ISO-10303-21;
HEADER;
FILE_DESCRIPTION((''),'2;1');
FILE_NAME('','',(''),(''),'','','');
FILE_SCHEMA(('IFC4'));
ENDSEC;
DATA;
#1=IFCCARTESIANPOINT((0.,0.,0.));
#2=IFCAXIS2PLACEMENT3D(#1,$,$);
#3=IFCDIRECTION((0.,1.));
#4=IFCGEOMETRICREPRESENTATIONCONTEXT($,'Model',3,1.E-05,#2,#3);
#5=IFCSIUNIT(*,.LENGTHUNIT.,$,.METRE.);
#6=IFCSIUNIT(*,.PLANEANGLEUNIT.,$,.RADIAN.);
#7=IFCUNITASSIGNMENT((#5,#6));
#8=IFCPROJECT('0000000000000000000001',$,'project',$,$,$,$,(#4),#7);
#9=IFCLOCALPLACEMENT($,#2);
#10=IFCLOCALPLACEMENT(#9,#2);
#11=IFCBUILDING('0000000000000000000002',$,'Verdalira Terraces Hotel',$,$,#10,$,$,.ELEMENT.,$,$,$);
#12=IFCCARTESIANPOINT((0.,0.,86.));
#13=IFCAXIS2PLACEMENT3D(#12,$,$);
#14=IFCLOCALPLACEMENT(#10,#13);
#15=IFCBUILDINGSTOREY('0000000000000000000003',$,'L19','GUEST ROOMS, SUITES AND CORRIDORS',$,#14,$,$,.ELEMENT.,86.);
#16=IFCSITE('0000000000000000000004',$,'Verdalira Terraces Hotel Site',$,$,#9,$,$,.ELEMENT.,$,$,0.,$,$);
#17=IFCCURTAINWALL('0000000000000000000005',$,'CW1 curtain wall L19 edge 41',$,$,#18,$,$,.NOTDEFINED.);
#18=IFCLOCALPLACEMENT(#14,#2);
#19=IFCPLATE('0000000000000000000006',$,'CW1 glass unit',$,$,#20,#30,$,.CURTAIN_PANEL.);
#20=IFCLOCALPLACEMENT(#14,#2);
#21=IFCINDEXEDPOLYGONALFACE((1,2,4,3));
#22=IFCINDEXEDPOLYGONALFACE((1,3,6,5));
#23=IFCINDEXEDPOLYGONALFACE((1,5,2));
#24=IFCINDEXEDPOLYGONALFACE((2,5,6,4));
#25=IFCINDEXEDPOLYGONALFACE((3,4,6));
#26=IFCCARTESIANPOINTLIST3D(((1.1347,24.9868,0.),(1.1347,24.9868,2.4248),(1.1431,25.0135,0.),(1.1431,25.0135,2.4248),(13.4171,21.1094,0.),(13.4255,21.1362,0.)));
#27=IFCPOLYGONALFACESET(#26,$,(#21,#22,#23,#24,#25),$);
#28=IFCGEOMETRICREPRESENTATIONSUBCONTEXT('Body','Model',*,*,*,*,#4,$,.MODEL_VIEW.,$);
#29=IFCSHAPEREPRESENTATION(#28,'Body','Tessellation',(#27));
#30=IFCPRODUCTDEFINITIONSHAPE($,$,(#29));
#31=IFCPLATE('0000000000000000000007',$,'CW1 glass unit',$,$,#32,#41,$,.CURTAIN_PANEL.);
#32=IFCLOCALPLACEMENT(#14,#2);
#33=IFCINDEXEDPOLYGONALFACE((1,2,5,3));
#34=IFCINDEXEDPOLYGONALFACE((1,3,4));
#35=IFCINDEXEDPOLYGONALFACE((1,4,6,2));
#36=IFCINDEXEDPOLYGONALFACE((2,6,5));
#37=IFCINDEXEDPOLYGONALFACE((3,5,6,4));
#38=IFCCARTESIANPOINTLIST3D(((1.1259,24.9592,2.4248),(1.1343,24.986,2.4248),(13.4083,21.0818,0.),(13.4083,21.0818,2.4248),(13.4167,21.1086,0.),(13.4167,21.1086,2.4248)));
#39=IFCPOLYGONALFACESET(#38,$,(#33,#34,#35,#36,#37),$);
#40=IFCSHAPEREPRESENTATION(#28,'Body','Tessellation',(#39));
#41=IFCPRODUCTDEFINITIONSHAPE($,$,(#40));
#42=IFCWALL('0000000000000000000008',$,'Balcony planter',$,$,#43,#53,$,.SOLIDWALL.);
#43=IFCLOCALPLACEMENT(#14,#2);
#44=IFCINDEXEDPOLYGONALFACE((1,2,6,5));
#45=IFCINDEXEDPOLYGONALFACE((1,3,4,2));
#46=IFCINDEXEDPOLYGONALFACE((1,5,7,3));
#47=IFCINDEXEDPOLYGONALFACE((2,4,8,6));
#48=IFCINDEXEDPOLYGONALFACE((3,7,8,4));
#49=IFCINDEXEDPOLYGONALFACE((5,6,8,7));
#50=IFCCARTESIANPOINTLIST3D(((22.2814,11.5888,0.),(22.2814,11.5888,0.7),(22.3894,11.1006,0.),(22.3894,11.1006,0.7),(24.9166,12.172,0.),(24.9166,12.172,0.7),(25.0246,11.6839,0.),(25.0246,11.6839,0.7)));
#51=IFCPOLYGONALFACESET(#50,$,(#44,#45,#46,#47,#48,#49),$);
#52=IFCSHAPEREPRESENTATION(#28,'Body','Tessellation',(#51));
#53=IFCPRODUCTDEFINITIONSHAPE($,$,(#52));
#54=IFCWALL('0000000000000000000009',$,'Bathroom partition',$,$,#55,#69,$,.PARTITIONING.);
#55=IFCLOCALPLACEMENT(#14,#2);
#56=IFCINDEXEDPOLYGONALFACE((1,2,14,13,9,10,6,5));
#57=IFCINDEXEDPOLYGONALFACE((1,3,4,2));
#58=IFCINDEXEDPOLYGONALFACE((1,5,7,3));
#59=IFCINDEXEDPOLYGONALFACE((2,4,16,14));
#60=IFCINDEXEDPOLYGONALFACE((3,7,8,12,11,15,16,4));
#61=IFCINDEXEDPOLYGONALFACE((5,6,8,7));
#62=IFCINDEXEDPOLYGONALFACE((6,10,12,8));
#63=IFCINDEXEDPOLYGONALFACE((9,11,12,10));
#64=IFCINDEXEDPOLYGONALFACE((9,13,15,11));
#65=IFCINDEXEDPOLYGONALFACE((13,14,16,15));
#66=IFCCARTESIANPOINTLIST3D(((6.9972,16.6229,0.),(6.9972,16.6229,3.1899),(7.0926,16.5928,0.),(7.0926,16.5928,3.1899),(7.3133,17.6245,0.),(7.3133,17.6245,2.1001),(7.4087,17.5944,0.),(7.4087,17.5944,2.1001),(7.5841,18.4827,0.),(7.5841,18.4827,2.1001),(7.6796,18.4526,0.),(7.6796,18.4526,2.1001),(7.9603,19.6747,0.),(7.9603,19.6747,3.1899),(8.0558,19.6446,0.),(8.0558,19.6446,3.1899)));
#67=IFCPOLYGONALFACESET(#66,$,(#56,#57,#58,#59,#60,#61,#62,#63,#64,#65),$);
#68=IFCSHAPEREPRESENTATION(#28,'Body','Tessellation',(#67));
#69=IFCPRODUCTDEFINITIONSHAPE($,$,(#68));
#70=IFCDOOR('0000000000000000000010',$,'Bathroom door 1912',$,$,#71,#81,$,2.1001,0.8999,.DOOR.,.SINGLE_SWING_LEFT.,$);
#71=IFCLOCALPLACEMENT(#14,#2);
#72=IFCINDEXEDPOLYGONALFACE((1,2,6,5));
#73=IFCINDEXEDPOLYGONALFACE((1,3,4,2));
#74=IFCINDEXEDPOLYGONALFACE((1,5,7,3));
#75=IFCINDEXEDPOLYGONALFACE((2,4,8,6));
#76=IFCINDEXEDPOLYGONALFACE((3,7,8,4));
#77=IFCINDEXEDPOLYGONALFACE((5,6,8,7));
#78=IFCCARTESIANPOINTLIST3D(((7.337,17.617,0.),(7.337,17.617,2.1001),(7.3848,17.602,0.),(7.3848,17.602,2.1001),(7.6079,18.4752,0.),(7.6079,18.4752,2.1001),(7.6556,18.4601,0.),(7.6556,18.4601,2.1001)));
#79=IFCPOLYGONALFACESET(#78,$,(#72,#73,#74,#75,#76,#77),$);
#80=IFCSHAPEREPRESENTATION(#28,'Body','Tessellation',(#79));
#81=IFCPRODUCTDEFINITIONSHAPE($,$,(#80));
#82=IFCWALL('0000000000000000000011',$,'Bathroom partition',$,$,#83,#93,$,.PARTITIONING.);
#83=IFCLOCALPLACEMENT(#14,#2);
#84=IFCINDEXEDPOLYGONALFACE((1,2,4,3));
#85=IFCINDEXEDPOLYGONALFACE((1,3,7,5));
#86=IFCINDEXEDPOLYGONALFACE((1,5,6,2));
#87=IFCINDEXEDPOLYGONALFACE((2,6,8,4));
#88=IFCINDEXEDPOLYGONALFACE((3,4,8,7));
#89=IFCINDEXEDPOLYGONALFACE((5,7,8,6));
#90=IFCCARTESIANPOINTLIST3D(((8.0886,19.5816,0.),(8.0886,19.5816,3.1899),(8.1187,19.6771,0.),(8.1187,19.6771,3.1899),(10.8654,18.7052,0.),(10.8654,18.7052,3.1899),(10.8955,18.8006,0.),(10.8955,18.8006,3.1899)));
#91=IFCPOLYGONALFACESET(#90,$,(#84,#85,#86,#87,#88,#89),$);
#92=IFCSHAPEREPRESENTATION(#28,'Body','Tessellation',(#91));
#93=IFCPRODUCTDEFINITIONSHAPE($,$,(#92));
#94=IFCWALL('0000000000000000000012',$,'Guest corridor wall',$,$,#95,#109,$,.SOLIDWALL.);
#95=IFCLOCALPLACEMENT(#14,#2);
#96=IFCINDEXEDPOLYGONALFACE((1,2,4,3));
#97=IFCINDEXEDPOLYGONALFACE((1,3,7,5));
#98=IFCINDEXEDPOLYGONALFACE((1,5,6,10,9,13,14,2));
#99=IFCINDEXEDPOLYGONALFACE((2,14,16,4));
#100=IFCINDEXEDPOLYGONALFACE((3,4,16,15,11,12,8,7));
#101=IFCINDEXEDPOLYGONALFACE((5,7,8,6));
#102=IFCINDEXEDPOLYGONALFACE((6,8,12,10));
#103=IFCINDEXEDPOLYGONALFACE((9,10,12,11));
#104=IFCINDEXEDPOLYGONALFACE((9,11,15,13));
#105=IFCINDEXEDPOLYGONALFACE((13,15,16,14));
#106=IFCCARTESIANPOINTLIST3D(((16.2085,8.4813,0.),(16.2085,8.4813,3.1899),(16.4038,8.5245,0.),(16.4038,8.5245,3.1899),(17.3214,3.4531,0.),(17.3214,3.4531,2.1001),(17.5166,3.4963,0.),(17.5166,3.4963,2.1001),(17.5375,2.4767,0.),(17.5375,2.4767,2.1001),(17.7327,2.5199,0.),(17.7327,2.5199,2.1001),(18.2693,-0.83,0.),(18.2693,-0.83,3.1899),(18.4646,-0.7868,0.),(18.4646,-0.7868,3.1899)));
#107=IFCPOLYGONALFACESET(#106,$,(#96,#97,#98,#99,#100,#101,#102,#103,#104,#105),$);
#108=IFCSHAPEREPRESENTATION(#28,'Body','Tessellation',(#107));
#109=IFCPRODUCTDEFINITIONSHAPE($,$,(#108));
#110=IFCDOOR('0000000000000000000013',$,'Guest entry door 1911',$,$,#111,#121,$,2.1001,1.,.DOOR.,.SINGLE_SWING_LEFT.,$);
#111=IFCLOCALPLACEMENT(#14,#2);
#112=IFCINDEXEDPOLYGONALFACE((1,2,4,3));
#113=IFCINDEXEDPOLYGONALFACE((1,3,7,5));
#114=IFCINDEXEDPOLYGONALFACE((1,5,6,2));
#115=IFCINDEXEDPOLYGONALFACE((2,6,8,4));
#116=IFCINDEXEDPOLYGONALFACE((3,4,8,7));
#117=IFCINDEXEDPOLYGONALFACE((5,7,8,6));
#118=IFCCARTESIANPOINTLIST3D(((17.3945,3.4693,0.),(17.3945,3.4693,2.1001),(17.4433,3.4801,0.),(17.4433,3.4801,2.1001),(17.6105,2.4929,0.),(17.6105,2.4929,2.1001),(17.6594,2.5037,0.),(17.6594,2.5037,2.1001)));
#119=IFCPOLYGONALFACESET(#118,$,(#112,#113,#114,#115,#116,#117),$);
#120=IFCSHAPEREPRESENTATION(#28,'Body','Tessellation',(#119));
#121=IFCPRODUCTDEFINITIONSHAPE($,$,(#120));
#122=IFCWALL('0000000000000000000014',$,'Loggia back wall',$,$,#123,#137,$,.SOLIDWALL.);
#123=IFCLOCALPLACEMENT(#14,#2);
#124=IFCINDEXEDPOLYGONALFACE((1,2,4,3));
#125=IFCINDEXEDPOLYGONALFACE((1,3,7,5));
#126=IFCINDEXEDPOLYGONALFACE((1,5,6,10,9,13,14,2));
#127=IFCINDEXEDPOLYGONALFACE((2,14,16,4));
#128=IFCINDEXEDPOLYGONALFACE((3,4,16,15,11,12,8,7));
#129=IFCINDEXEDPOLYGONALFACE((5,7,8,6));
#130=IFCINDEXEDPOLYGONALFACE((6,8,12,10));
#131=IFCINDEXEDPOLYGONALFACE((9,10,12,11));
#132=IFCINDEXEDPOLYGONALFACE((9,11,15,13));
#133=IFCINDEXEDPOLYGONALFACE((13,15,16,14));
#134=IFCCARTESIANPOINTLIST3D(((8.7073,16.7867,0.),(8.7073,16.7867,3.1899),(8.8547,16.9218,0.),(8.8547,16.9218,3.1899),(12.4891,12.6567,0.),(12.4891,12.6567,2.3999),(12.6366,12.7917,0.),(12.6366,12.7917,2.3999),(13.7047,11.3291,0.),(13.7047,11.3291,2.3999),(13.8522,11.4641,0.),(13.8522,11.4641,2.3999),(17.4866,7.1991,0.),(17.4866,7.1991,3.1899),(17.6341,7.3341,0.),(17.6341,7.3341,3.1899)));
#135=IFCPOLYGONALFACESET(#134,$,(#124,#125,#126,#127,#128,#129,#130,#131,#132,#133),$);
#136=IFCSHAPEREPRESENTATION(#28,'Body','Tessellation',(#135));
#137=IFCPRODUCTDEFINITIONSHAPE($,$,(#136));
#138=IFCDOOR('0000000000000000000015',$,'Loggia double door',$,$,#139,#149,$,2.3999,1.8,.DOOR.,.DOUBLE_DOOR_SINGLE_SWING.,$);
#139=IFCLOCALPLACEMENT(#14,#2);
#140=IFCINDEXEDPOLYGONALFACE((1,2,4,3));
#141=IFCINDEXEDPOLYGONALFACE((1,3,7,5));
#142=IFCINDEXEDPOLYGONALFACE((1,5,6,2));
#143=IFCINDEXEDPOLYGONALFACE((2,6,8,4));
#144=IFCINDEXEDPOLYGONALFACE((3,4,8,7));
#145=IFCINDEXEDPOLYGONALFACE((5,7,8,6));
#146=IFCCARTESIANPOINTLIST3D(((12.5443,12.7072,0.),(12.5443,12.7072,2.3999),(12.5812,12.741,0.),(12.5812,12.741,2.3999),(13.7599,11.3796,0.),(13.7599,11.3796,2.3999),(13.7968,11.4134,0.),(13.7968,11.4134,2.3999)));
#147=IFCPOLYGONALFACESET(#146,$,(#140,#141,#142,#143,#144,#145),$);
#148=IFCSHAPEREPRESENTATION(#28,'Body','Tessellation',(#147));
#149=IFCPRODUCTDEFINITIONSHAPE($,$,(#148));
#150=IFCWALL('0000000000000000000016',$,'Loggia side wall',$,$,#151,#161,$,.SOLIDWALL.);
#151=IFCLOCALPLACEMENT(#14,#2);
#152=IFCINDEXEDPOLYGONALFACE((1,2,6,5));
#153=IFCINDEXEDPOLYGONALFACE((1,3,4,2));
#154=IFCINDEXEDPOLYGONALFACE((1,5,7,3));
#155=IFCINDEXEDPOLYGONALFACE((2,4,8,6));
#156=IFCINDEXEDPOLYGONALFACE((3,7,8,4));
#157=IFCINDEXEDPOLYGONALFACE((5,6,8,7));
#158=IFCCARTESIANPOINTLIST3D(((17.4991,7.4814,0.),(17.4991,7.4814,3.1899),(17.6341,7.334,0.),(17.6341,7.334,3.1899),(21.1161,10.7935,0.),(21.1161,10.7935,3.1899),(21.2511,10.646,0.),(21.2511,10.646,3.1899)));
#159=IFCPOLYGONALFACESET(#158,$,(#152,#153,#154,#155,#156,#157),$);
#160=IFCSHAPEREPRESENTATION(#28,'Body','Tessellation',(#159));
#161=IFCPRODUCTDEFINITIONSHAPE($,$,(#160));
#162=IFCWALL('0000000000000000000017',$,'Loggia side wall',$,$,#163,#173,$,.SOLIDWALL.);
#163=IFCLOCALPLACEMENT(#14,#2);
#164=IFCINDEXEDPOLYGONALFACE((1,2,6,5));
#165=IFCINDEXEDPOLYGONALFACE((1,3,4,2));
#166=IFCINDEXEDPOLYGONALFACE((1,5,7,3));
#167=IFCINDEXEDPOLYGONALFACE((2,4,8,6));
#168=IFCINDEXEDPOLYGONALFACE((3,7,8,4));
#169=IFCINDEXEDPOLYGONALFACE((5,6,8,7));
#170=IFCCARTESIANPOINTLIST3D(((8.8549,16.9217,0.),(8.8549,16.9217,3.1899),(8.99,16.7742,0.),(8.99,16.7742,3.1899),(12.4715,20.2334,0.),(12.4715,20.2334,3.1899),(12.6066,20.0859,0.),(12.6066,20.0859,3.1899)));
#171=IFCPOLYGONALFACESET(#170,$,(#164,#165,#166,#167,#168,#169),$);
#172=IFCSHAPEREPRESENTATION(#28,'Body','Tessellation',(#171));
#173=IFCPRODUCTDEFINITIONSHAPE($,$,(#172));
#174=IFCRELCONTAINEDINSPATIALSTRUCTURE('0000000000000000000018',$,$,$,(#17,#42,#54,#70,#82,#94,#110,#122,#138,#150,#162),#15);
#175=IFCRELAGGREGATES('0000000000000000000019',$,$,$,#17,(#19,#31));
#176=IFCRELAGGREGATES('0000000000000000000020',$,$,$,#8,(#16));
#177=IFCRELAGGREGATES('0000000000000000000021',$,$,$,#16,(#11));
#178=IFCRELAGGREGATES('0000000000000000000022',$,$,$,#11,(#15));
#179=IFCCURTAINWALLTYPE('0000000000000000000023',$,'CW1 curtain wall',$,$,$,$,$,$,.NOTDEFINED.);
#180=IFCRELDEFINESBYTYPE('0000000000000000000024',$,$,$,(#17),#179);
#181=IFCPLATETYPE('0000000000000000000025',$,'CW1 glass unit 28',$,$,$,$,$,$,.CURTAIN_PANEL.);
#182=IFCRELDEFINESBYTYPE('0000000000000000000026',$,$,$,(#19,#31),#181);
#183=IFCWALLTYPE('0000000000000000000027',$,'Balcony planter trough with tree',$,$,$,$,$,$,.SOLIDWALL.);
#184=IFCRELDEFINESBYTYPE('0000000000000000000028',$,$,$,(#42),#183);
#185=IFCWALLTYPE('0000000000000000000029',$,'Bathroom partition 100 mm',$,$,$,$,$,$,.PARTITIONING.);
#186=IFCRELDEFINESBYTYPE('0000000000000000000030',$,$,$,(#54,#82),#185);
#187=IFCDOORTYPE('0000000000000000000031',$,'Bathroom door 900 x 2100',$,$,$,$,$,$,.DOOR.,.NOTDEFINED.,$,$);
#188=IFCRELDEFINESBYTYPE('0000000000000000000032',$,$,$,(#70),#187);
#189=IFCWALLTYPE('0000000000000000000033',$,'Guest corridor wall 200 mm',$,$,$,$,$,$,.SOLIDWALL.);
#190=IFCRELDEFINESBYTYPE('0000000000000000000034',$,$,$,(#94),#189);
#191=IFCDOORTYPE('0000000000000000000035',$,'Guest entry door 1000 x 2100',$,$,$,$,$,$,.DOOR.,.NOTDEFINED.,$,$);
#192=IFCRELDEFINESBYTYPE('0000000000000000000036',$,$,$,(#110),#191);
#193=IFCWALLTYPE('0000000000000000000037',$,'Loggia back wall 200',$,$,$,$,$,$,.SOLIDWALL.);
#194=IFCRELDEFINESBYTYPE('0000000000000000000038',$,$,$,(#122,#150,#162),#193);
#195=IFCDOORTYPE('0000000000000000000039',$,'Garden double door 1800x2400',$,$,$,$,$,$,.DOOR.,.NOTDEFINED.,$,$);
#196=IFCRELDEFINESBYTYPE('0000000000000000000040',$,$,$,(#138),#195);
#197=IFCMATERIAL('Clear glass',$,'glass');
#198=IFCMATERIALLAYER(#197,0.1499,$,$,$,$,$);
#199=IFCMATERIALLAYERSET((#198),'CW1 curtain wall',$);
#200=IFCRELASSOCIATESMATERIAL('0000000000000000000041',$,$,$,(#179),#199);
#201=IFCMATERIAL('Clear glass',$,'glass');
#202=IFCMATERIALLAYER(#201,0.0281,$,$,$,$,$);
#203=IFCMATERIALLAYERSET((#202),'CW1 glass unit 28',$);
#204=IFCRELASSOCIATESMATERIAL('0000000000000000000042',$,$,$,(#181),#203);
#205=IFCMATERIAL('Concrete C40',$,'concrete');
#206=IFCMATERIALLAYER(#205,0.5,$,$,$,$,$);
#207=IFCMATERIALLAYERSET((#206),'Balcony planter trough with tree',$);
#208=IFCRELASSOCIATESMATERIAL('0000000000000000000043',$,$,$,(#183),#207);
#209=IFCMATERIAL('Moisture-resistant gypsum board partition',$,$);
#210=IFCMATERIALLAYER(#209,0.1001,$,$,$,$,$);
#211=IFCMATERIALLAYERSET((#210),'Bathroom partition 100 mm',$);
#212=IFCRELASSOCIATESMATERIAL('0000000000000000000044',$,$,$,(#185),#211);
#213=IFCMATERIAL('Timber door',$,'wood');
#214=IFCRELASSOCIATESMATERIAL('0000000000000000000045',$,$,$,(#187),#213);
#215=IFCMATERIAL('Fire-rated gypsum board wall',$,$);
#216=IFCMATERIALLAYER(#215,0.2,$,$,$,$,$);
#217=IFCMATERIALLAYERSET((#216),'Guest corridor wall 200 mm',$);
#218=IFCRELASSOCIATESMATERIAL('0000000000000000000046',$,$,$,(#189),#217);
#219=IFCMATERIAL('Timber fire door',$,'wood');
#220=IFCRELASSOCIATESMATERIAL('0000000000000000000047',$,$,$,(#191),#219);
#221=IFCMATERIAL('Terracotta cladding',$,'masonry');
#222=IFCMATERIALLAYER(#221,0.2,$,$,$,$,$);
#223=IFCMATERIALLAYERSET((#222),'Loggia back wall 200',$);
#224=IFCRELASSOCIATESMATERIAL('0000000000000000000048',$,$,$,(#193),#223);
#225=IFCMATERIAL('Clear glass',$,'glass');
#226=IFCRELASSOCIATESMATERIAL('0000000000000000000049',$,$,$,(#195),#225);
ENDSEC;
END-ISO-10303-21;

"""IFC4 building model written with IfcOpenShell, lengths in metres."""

from ifc_helpers import new_model, si_unit, direction, frame, frame_2d, origin, place, context, subcontext, project, spatial, polyline, rectangle, outline, extrude, material, layer, layer_set, type_object, element, fill, aggregate, save


model = new_model("IFC4")

# Units and contexts
model_context = context("Model", 3, precision=1e-05, world=origin(), true_north=direction((0.0, 1.0)))
body_context = subcontext(model_context, "Body", "Model", "MODEL_VIEW")
ifc_project = project(units=[si_unit("LENGTHUNIT", "METRE"), si_unit("PLANEANGLEUNIT", "RADIAN")], contexts=[model_context])

# Site, building, storey
site_placement = place(None, origin())
site = spatial("IfcSite", under=ifc_project, at=site_placement, Name="Verdalira Terraces Hotel Site", CompositionType="ELEMENT", RefElevation=0.0)
building_placement = place(site_placement, origin())
building = spatial("IfcBuilding", under=site, at=building_placement, Name="Verdalira Terraces Hotel", CompositionType="ELEMENT")
storey_placement = place(building_placement, frame((0.0, 0.0, 86.0)))
storey = spatial("IfcBuildingStorey", under=building, at=storey_placement, Name="L19", Description="GUEST ROOMS, SUITES AND CORRIDORS", CompositionType="ELEMENT", Elevation=86.0)

# Shared definitions
ifc_material_1 = material(Name="Clear glass", Category="glass")
ifc_layer_1 = layer(ifc_material_1, 0.1499)
ifc_layer_set_1 = layer_set([ifc_layer_1], Name="CW1 curtain wall")
curtain_wall_type = type_object("IfcCurtainWallType", Name="CW1 curtain wall", PredefinedType="NOTDEFINED", material=ifc_layer_set_1)

# Curtain wall
curtain_wall_1_placement = place(storey_placement, origin())
curtain_wall_1 = element("IfcCurtainWall", 1, at=curtain_wall_1_placement, inside=storey, type_object=curtain_wall_type, Name="CW1 curtain wall L19 edge 41", PredefinedType="NOTDEFINED")

# Plates
ifc_material_2 = material(Name="Clear glass", Category="glass")
ifc_layer_2 = layer(ifc_material_2, 0.0281)
ifc_layer_set_2 = layer_set([ifc_layer_2], Name="CW1 glass unit 28")
plate_type = type_object("IfcPlateType", Name="CW1 glass unit 28", PredefinedType="CURTAIN_PANEL", material=ifc_layer_set_2)
plate_1_placement = place(storey_placement, frame((7.2759, 23.0481, 1.2124), z_axis=(0.301039, 0.953612, 0.0), x_axis=(-0.953612, 0.301039, 0.0)))
plate_1 = element("IfcPlate", 2, at=plate_1_placement, type_object=plate_type, Name="CW1 glass unit", PredefinedType="CURTAIN_PANEL", context=body_context, shape_type="SweptSolid", body=[
    extrude(outline(polyline([(-6.4399, -1.2124), (6.4399, -1.2124), (6.4399, 1.2124), (-6.4399, -1.2124)])), origin(), (0.0, 0.0, 1.0), 0.0281),
])
plate_2_placement = place(storey_placement, frame((7.2671, 23.0205, 1.2124), z_axis=(0.301039, 0.953612, 0.0), x_axis=(-0.953612, 0.301039, 0.0)))
plate_2 = element("IfcPlate", 3, at=plate_2_placement, type_object=plate_type, Name="CW1 glass unit", PredefinedType="CURTAIN_PANEL", context=body_context, shape_type="SweptSolid", body=[
    extrude(outline(polyline([(-6.4399, -1.2124), (6.4399, 1.2124), (-6.4399, 1.2124), (-6.4399, -1.2124)])), origin(), (0.0, 0.0, 1.0), 0.0281),
])
aggregate(curtain_wall_1, [plate_1, plate_2])

# Wall
ifc_material_3 = material(Name="Concrete C40", Category="concrete")
ifc_layer_3 = layer(ifc_material_3, 0.5)
ifc_layer_set_3 = layer_set([ifc_layer_3], Name="Balcony planter trough with tree")
wall_type_1 = type_object("IfcWallType", Name="Balcony planter trough with tree", PredefinedType="SOLIDWALL", material=ifc_layer_set_3)
wall_1_placement = place(storey_placement, frame((24.9707, 11.928, 0.0), z_axis=(0.0, 0.0, 1.0), x_axis=(-0.976372, -0.216097, 0.0)))
element("IfcWall", 4, at=wall_1_placement, inside=storey, type_object=wall_type_1, Name="Balcony planter", PredefinedType="SOLIDWALL", context=body_context, shape_type="SweptSolid", body=[
    extrude(rectangle(XDim=2.699, YDim=0.5, at=frame_2d((1.3496, 0.0))), origin(), (0.0, 0.0, 1.0), 0.7),
])

# Wall, opening, door
ifc_material_4 = material(Name="Moisture-resistant gypsum board partition")
ifc_layer_4 = layer(ifc_material_4, 0.1001)
ifc_layer_set_4 = layer_set([ifc_layer_4], Name="Bathroom partition 100 mm")
wall_type_2 = type_object("IfcWallType", Name="Bathroom partition 100 mm", PredefinedType="PARTITIONING", material=ifc_layer_set_4)
wall_2_placement = place(storey_placement, frame((8.0081, 19.6597, 0.0), z_axis=(0.0, 0.0, 1.0), x_axis=(-0.300967, -0.953635, 0.0)))
wall_2 = element("IfcWall", 5, at=wall_2_placement, inside=storey, type_object=wall_type_2, Name="Bathroom partition", PredefinedType="PARTITIONING", context=body_context, shape_type="SweptSolid", body=[
    extrude(rectangle(XDim=3.2002, YDim=0.1001, at=frame_2d((1.6001, 0.0))), origin(), (0.0, 0.0, 1.0), 3.1899),
])
opening_1_placement = place(wall_2_placement, frame((1.25, 0.0, 0.0)))
opening_1 = element("IfcOpeningElement", 6, at=opening_1_placement, cuts=wall_2, PredefinedType="OPENING", context=body_context, shape_type="SweptSolid", body=[
    extrude(rectangle(XDim=0.8999, YDim=2.1001, at=frame_2d((0.45, 1.05))), frame((0.0, 0.0601, 0.0), z_axis=(0.0, -1.0, 0.0), x_axis=(1.0, 0.0, 0.0)), (0.0, 0.0, 1.0), 0.1201),
])
ifc_material_5 = material(Name="Timber door", Category="wood")
door_type_1 = type_object("IfcDoorType", Name="Bathroom door 900 x 2100", OperationType="NOTDEFINED", PredefinedType="DOOR", material=ifc_material_5)
door_1_placement = place(opening_1_placement, origin())
door_1 = element("IfcDoor", 7, at=door_1_placement, inside=storey, type_object=door_type_1, Name="Bathroom door 1912", OperationType="SINGLE_SWING_LEFT", OverallHeight=2.1001, OverallWidth=0.8999, PredefinedType="DOOR", context=body_context, shape_type="SweptSolid", body=[
    extrude(rectangle(XDim=0.8999, YDim=2.1001, at=frame_2d((0.45, 1.05))), frame((0.0, 0.0249, 0.0), z_axis=(0.0, -1.0, 0.0), x_axis=(1.0, 0.0, 0.0)), (0.0, 0.0, 1.0), 0.05),
])
fill(opening_1, door_1)

# Wall
wall_3_placement = place(storey_placement, frame((8.1035, 19.6294, 0.0), z_axis=(0.0, 0.0, 1.0), x_axis=(0.953626, -0.300995, 0.0)))
element("IfcWall", 8, at=wall_3_placement, inside=storey, type_object=wall_type_2, Name="Bathroom partition", PredefinedType="PARTITIONING", context=body_context, shape_type="SweptSolid", body=[
    extrude(rectangle(XDim=2.9119, YDim=0.1001, at=frame_2d((1.4561, 0.0))), origin(), (0.0, 0.0, 1.0), 3.1899),
])

# Walls, openings, doors
ifc_material_6 = material(Name="Fire-rated gypsum board wall")
ifc_layer_5 = layer(ifc_material_6, 0.2)
ifc_layer_set_5 = layer_set([ifc_layer_5], Name="Guest corridor wall 200 mm")
wall_type_3 = type_object("IfcWallType", Name="Guest corridor wall 200 mm", PredefinedType="SOLIDWALL", material=ifc_layer_set_5)
wall_4_placement = place(storey_placement, frame((16.3062, 8.5029, 0.0), z_axis=(0.0, 0.0, 1.0), x_axis=(0.216093, -0.976373, 0.0)))
wall_4 = element("IfcWall", 9, at=wall_4_placement, inside=storey, type_object=wall_type_3, Name="Guest corridor wall", PredefinedType="SOLIDWALL", context=body_context, shape_type="SweptSolid", body=[
    extrude(rectangle(XDim=9.5366, YDim=0.2, at=frame_2d((4.7683, 0.0))), origin(), (0.0, 0.0, 1.0), 3.1899),
])
opening_2_placement = place(wall_4_placement, frame((5.1499, 0.0, 0.0)))
opening_2 = element("IfcOpeningElement", 10, at=opening_2_placement, cuts=wall_4, PredefinedType="OPENING", context=body_context, shape_type="SweptSolid", body=[
    extrude(rectangle(XDim=1.0, YDim=2.1001, at=frame_2d((0.5, 1.05))), frame((0.0, 0.1099, 0.0), z_axis=(0.0, -1.0, 0.0), x_axis=(1.0, 0.0, 0.0)), (0.0, 0.0, 1.0), 0.22),
])
ifc_material_7 = material(Name="Timber fire door", Category="wood")
door_type_2 = type_object("IfcDoorType", Name="Guest entry door 1000 x 2100", OperationType="NOTDEFINED", PredefinedType="DOOR", material=ifc_material_7)
door_2_placement = place(opening_2_placement, origin())
door_2 = element("IfcDoor", 11, at=door_2_placement, inside=storey, type_object=door_type_2, Name="Guest entry door 1911", OperationType="SINGLE_SWING_LEFT", OverallHeight=2.1001, OverallWidth=1.0, PredefinedType="DOOR", context=body_context, shape_type="SweptSolid", body=[
    extrude(rectangle(XDim=1.0, YDim=2.1001, at=frame_2d((0.5, 1.05))), frame((0.0, 0.0249, 0.0), z_axis=(0.0, -1.0, 0.0), x_axis=(1.0, 0.0, 0.0)), (0.0, 0.0, 1.0), 0.05),
])
fill(opening_2, door_2)
ifc_material_8 = material(Name="Terracotta cladding", Category="masonry")
ifc_layer_6 = layer(ifc_material_8, 0.2)
ifc_layer_set_6 = layer_set([ifc_layer_6], Name="Loggia back wall 200")
wall_type_4 = type_object("IfcWallType", Name="Loggia back wall 200", PredefinedType="SOLIDWALL", material=ifc_layer_set_6)
wall_5_placement = place(storey_placement, frame((8.781, 16.8542, 0.0), z_axis=(0.0, 0.0, 1.0), x_axis=(0.675332, -0.737513, 0.0)))
wall_5 = element("IfcWall", 12, at=wall_5_placement, inside=storey, type_object=wall_type_4, Name="Loggia back wall", PredefinedType="SOLIDWALL", context=body_context, shape_type="SweptSolid", body=[
    extrude(rectangle(XDim=13.0, YDim=0.2, at=frame_2d((6.5, 0.0))), origin(), (0.0, 0.0, 1.0), 3.1899),
])
opening_3_placement = place(wall_5_placement, frame((5.6001, 0.0, 0.0)))
opening_3 = element("IfcOpeningElement", 13, at=opening_3_placement, cuts=wall_5, PredefinedType="OPENING", context=body_context, shape_type="SweptSolid", body=[
    extrude(rectangle(XDim=1.8, YDim=2.3999, at=frame_2d((0.8999, 1.2))), frame((0.0, 0.1099, 0.0), z_axis=(0.0, -1.0, 0.0), x_axis=(1.0, 0.0, 0.0)), (0.0, 0.0, 1.0), 0.22),
])
ifc_material_9 = material(Name="Clear glass", Category="glass")
door_type_3 = type_object("IfcDoorType", Name="Garden double door 1800x2400", OperationType="NOTDEFINED", PredefinedType="DOOR", material=ifc_material_9)
door_3_placement = place(opening_3_placement, origin())
door_3 = element("IfcDoor", 14, at=door_3_placement, inside=storey, type_object=door_type_3, Name="Loggia double door", OperationType="DOUBLE_DOOR_SINGLE_SWING", OverallHeight=2.3999, OverallWidth=1.8, PredefinedType="DOOR", context=body_context, shape_type="SweptSolid", body=[
    extrude(rectangle(XDim=1.8, YDim=2.3999, at=frame_2d((0.8999, 1.2))), frame((0.0, 0.0249, 0.0), z_axis=(0.0, -1.0, 0.0), x_axis=(1.0, 0.0, 0.0)), (0.0, 0.0, 1.0), 0.05),
])
fill(opening_3, door_3)

# Walls
wall_6_placement = place(storey_placement, frame((21.1836, 10.7197, 0.0), z_axis=(0.0, 0.0, 1.0), x_axis=(-0.737512, -0.675335, 0.0)))
element("IfcWall", 15, at=wall_6_placement, inside=storey, type_object=wall_type_4, Name="Loggia side wall", PredefinedType="SOLIDWALL", context=body_context, shape_type="SweptSolid", body=[
    extrude(rectangle(XDim=4.9043, YDim=0.2, at=frame_2d((2.4521, 0.0))), origin(), (0.0, 0.0, 1.0), 3.1899),
])
wall_7_placement = place(storey_placement, frame((12.5391, 20.1597, 0.0), z_axis=(0.0, 0.0, 1.0), x_axis=(-0.737514, -0.675332, 0.0)))
element("IfcWall", 16, at=wall_7_placement, inside=storey, type_object=wall_type_4, Name="Loggia side wall", PredefinedType="SOLIDWALL", context=body_context, shape_type="SweptSolid", body=[
    extrude(rectangle(XDim=4.9038, YDim=0.2, at=frame_2d((2.4519, 0.0))), origin(), (0.0, 0.0, 1.0), 3.1899),
])

save(model, "model.ifc")
